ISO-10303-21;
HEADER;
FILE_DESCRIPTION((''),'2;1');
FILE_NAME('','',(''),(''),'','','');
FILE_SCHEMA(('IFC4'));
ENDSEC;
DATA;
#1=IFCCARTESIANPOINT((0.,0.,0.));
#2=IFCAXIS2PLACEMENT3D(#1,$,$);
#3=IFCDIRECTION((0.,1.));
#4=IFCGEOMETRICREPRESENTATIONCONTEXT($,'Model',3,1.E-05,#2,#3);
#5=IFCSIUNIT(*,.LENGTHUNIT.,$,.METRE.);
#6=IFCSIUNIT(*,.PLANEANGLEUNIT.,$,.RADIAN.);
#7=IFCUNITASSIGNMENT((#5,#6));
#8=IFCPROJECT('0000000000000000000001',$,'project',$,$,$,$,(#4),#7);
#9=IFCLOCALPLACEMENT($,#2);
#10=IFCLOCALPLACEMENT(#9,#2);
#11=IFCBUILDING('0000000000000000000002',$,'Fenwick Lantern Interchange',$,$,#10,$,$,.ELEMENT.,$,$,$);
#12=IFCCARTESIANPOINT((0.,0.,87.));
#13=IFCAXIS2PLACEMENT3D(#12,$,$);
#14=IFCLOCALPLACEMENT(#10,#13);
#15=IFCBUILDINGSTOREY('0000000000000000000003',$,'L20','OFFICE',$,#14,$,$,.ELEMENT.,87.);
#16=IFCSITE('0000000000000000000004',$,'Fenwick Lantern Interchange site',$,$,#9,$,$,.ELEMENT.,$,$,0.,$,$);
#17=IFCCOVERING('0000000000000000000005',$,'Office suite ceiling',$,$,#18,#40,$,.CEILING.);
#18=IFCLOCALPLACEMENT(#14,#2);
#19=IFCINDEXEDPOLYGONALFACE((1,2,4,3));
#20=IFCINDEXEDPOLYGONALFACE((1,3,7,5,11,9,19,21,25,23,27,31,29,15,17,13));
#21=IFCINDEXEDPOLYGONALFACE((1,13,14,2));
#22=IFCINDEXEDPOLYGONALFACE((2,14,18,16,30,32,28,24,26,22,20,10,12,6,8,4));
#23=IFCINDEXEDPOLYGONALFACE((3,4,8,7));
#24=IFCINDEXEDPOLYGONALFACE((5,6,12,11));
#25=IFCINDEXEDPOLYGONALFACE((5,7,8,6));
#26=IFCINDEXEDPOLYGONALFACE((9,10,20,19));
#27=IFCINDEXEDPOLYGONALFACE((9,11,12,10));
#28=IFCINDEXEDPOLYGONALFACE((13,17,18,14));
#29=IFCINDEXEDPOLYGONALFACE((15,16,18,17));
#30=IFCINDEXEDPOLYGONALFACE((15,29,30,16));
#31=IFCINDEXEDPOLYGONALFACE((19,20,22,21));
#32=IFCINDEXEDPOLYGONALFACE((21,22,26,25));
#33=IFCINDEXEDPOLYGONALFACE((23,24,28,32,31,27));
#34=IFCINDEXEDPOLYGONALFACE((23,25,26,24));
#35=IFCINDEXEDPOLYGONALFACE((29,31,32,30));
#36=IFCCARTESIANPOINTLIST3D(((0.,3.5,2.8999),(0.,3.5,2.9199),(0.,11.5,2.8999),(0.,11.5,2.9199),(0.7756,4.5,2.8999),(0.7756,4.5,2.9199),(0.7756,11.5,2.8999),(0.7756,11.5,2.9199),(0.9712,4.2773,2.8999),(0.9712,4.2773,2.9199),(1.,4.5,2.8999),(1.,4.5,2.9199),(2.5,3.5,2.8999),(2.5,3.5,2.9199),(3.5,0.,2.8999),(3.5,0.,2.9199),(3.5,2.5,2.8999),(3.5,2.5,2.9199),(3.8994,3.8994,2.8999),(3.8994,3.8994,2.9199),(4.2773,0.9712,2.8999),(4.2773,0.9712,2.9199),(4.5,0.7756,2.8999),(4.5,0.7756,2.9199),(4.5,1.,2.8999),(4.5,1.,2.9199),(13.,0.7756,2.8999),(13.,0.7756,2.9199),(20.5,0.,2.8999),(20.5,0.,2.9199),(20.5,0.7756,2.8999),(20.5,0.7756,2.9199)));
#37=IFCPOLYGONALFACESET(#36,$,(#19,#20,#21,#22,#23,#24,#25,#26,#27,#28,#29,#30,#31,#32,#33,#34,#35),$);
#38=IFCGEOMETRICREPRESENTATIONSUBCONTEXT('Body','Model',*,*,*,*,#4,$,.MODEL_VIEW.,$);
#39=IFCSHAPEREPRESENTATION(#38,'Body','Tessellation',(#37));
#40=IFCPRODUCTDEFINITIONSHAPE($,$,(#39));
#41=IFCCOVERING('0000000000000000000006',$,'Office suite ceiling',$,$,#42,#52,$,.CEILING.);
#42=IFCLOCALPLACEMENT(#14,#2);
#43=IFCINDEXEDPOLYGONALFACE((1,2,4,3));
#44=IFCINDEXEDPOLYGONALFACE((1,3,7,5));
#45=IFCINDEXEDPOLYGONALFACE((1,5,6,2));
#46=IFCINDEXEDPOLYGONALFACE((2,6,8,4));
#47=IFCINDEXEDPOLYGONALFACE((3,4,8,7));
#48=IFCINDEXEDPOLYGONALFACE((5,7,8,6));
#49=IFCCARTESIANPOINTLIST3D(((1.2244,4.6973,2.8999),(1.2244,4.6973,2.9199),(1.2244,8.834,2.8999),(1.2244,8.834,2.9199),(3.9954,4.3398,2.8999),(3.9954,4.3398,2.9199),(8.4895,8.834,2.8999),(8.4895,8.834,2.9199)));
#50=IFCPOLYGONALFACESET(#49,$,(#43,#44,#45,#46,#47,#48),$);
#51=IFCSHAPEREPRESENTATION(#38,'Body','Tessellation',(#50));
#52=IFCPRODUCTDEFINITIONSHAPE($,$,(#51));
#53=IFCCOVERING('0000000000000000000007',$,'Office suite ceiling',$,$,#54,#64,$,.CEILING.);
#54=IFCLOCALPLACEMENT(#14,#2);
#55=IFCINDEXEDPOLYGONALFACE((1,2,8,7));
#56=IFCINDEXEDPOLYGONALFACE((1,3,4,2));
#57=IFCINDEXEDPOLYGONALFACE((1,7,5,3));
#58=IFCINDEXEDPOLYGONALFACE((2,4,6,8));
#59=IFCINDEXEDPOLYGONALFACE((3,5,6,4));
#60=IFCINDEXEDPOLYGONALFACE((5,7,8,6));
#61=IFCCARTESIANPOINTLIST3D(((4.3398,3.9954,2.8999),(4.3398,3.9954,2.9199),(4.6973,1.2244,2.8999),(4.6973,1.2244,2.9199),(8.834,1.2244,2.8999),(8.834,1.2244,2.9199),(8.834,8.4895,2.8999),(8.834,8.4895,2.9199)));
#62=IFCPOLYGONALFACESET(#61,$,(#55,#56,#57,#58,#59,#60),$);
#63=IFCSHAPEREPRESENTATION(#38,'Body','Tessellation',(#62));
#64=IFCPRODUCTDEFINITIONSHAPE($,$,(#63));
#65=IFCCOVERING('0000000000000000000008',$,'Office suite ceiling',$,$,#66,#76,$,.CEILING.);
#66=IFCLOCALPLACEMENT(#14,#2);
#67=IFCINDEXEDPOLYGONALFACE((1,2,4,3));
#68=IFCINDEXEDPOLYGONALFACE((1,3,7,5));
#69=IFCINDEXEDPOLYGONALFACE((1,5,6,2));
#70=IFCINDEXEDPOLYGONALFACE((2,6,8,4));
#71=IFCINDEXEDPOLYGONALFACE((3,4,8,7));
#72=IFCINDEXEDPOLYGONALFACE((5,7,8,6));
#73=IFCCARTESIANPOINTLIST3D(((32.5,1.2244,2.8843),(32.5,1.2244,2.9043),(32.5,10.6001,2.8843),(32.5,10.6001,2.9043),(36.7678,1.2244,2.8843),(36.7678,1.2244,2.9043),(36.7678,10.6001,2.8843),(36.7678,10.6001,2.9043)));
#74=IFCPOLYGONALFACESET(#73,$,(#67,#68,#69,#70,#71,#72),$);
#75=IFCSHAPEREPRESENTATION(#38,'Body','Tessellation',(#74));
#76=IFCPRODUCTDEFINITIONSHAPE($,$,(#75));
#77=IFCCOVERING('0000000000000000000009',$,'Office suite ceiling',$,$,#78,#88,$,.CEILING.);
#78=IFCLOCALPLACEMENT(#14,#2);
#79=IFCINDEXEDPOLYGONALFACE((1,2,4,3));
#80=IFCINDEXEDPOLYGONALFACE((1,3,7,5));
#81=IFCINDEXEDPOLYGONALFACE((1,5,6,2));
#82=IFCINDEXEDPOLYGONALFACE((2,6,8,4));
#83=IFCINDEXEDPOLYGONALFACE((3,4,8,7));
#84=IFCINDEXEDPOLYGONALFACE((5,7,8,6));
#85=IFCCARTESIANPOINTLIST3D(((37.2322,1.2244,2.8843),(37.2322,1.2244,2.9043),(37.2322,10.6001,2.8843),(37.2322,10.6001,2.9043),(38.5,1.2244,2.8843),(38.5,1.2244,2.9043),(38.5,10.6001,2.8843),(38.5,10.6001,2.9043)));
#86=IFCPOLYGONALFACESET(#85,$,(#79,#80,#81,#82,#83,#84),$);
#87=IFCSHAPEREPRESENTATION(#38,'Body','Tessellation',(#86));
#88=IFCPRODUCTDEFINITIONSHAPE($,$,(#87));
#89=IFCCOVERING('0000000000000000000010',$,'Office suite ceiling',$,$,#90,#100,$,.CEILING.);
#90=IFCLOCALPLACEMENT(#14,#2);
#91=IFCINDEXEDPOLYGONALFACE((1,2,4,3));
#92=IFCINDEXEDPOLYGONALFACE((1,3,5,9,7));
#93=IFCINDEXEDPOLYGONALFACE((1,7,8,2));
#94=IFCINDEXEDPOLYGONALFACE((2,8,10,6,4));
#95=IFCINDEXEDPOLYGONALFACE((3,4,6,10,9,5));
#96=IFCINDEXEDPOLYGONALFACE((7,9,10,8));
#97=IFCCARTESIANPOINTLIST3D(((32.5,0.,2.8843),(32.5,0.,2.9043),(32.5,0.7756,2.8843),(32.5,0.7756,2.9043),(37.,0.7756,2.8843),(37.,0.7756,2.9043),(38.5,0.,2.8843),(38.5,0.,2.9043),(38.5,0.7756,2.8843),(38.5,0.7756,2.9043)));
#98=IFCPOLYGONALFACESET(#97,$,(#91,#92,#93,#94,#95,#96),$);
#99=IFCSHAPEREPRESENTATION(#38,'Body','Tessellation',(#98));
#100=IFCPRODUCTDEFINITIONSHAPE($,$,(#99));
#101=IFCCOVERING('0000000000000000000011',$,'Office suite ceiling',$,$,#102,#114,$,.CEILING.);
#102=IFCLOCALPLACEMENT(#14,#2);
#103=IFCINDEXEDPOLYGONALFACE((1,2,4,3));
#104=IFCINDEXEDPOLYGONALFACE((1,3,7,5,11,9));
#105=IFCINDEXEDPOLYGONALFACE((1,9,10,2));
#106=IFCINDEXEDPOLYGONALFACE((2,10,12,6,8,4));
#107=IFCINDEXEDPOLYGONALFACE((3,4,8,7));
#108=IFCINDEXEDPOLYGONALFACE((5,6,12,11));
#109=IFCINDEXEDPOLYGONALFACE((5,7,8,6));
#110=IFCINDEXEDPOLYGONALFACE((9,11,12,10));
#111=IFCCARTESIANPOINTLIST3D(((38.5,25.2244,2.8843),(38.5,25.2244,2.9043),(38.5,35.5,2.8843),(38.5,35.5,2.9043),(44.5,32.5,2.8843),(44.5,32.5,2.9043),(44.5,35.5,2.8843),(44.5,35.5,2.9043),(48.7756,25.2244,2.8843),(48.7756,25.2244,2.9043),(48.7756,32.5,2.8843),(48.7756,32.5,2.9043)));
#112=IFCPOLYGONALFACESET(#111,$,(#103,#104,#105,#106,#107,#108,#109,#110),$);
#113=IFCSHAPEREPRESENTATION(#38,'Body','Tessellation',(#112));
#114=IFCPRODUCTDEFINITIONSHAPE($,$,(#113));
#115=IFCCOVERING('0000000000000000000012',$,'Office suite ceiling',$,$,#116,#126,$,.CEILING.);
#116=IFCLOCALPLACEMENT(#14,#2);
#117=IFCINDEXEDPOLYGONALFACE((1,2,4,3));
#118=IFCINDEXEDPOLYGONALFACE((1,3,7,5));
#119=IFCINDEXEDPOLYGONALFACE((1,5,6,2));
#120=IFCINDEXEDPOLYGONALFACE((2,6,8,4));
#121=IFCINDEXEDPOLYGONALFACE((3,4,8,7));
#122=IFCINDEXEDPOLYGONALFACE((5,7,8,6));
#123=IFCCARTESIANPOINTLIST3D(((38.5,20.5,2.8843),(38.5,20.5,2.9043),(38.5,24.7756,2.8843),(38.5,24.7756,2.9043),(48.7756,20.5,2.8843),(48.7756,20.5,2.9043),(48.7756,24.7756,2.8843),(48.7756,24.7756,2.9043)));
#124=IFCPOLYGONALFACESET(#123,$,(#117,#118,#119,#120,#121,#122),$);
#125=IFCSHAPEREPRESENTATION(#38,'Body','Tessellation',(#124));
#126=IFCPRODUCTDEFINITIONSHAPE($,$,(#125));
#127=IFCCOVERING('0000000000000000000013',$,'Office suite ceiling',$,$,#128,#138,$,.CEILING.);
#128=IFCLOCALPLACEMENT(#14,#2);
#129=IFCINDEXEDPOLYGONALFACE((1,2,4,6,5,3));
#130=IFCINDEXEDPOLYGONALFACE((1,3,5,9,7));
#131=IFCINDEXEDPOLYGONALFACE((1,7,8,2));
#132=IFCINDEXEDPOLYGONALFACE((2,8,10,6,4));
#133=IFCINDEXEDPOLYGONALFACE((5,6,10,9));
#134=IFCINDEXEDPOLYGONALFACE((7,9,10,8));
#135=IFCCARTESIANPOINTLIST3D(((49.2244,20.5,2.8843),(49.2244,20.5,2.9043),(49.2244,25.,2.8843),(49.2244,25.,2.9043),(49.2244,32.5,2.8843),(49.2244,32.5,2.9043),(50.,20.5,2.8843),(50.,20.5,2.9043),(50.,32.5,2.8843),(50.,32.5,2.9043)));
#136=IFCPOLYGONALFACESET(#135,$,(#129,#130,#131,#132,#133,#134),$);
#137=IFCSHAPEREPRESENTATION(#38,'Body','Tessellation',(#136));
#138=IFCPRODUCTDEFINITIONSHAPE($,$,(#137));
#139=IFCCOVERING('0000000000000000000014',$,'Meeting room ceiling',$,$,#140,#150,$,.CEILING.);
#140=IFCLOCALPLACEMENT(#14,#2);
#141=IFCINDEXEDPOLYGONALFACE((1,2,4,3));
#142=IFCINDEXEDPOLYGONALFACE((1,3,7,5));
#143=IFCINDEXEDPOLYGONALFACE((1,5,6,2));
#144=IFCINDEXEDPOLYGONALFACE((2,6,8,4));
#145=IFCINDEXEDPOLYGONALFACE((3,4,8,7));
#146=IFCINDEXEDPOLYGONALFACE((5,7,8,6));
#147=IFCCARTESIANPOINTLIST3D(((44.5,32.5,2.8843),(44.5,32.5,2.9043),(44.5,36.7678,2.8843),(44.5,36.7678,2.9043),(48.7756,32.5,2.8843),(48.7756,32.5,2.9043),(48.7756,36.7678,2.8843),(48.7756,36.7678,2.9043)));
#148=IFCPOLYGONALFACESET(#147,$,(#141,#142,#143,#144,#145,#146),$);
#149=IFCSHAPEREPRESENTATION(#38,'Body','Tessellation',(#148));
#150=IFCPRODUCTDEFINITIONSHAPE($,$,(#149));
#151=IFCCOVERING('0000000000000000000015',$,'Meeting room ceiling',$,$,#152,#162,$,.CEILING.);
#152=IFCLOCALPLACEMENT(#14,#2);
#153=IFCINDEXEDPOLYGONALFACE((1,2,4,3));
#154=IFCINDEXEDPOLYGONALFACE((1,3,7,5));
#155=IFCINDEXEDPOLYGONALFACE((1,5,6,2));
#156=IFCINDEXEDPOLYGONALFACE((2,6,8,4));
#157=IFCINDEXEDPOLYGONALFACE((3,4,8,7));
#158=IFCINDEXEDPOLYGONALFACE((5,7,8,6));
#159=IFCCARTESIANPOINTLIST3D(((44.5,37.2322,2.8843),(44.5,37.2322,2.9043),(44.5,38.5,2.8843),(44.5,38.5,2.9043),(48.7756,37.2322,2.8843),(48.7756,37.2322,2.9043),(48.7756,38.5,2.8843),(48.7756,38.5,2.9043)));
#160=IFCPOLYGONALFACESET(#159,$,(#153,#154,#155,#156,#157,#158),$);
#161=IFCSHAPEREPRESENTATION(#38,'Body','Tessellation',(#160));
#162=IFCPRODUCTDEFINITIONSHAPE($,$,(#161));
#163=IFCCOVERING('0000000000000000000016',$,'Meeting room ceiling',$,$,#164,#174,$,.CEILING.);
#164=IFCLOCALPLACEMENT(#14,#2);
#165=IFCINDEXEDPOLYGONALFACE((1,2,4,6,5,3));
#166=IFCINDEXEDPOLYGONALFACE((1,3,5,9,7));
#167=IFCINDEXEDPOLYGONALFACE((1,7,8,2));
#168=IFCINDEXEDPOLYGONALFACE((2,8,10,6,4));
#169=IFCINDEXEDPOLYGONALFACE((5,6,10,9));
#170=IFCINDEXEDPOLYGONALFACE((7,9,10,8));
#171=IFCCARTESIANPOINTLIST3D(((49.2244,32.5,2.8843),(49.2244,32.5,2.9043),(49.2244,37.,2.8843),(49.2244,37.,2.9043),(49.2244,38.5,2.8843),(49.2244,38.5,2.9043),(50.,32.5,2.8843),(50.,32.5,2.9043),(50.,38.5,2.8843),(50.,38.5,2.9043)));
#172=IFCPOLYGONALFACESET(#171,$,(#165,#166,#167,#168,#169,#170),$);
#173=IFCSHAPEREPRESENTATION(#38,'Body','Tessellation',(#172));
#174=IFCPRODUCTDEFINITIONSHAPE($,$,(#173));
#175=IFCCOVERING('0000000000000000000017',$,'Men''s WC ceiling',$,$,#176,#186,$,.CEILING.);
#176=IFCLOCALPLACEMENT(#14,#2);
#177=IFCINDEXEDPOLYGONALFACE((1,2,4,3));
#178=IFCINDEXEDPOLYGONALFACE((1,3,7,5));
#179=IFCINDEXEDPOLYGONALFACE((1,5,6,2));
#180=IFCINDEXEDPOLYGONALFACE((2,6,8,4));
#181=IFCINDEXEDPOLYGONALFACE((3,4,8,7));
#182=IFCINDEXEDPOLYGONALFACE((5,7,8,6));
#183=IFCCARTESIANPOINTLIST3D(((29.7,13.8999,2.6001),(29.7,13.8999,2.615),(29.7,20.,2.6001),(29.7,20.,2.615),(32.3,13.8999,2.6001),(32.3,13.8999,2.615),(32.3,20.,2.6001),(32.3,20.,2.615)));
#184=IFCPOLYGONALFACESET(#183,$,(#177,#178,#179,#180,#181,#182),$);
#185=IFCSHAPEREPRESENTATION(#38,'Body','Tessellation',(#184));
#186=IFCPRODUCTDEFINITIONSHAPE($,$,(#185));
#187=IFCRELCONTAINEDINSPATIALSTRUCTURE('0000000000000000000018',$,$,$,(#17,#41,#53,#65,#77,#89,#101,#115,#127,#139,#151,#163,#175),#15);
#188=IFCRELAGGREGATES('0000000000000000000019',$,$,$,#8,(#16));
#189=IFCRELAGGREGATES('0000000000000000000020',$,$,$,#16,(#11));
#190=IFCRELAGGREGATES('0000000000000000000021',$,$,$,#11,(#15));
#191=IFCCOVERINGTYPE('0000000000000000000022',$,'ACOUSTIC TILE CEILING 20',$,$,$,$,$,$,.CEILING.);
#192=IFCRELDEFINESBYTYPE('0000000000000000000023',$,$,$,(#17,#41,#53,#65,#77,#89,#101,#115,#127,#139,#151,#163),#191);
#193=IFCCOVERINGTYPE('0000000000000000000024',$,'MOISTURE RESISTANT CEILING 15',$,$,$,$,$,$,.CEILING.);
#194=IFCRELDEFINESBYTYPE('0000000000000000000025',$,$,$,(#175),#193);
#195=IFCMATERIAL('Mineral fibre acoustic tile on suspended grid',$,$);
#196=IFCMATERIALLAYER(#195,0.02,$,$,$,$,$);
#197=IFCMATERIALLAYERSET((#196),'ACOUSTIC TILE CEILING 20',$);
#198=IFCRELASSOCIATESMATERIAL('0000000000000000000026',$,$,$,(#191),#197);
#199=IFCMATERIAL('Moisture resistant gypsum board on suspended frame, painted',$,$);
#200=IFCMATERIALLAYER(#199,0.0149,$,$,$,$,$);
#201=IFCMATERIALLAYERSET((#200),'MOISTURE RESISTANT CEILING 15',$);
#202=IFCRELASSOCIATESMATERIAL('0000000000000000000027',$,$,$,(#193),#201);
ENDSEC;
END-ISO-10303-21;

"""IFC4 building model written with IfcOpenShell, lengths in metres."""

from ifc_helpers import new_model, si_unit, direction, frame, origin, place, context, subcontext, project, spatial, polyline, outline, extrude, material, layer, layer_set, type_object, element, save


model = new_model("IFC4")

# Units and contexts
model_context = context("Model", 3, precision=1e-05, world=origin(), true_north=direction((0.0, 1.0)))
body_context = subcontext(model_context, "Body", "Model", "MODEL_VIEW")
ifc_project = project(units=[si_unit("LENGTHUNIT", "METRE"), si_unit("PLANEANGLEUNIT", "RADIAN")], contexts=[model_context])

# Site, building, storey
site_placement = place(None, origin())
site = spatial("IfcSite", under=ifc_project, at=site_placement, Name="Fenwick Lantern Interchange site", CompositionType="ELEMENT", RefElevation=0.0)
building_placement = place(site_placement, origin())
building = spatial("IfcBuilding", under=site, at=building_placement, Name="Fenwick Lantern Interchange", CompositionType="ELEMENT")
storey_placement = place(building_placement, frame((0.0, 0.0, 87.0)))
storey = spatial("IfcBuildingStorey", under=building, at=storey_placement, Name="L20", Description="OFFICE", CompositionType="ELEMENT", Elevation=87.0)

# Coverings
ifc_material_1 = material(Name="Mineral fibre acoustic tile on suspended grid")
ifc_layer_1 = layer(ifc_material_1, 0.02)
ifc_layer_set_1 = layer_set([ifc_layer_1], Name="ACOUSTIC TILE CEILING 20")
covering_type_1 = type_object("IfcCoveringType", Name="ACOUSTIC TILE CEILING 20", PredefinedType="CEILING", material=ifc_layer_set_1)
covering_1_placement = place(storey_placement, frame((0.0, 0.0, 2.8999)))
element("IfcCovering", 1, at=covering_1_placement, inside=storey, type_object=covering_type_1, Name="Office suite ceiling", PredefinedType="CEILING", context=body_context, shape_type="SweptSolid", body=[
    extrude(outline(polyline([(20.5, 0.0), (20.5, 0.7756), (13.0, 0.7756), (13.0, 0.7756), (4.5, 0.7756), (4.5, 1.0), (4.2773, 0.9712), (3.8994, 3.8994), (0.9712, 4.2773), (1.0, 4.5), (0.7756, 4.5), (0.7756, 11.5), (0.0, 11.5), (0.0, 3.5), (2.5, 3.5), (3.5, 2.5), (3.5, 0.0), (20.5, 0.0)])), origin(), (0.0, 0.0, 1.0), 0.02),
])
covering_2_placement = place(storey_placement, frame((0.0, 0.0, 2.8999)))
element("IfcCovering", 2, at=covering_2_placement, inside=storey, type_object=covering_type_1, Name="Office suite ceiling", PredefinedType="CEILING", context=body_context, shape_type="SweptSolid", body=[
    extrude(outline(polyline([(3.9954, 4.3398), (8.4895, 8.834), (1.2244, 8.834), (1.2244, 4.6973), (3.9954, 4.3398)])), origin(), (0.0, 0.0, 1.0), 0.02),
])
covering_3_placement = place(storey_placement, frame((0.0, 0.0, 2.8999)))
element("IfcCovering", 3, at=covering_3_placement, inside=storey, type_object=covering_type_1, Name="Office suite ceiling", PredefinedType="CEILING", context=body_context, shape_type="SweptSolid", body=[
    extrude(outline(polyline([(4.6973, 1.2244), (8.834, 1.2244), (8.834, 8.4895), (4.3398, 3.9954), (4.6973, 1.2244)])), origin(), (0.0, 0.0, 1.0), 0.02),
])
covering_4_placement = place(storey_placement, frame((0.0, 0.0, 2.8843)))
element("IfcCovering", 4, at=covering_4_placement, inside=storey, type_object=covering_type_1, Name="Office suite ceiling", PredefinedType="CEILING", context=body_context, shape_type="SweptSolid", body=[
    extrude(outline(polyline([(32.5, 10.6001), (32.5, 1.2244), (36.7678, 1.2244), (36.7678, 10.6001), (32.5, 10.6001)])), origin(), (0.0, 0.0, 1.0), 0.02),
])
covering_5_placement = place(storey_placement, frame((0.0, 0.0, 2.8843)))
element("IfcCovering", 5, at=covering_5_placement, inside=storey, type_object=covering_type_1, Name="Office suite ceiling", PredefinedType="CEILING", context=body_context, shape_type="SweptSolid", body=[
    extrude(outline(polyline([(38.5, 10.6001), (37.2322, 10.6001), (37.2322, 1.2244), (38.5, 1.2244), (38.5, 10.6001)])), origin(), (0.0, 0.0, 1.0), 0.02),
])
covering_6_placement = place(storey_placement, frame((0.0, 0.0, 2.8843)))
element("IfcCovering", 6, at=covering_6_placement, inside=storey, type_object=covering_type_1, Name="Office suite ceiling", PredefinedType="CEILING", context=body_context, shape_type="SweptSolid", body=[
    extrude(outline(polyline([(32.5, 0.0), (38.5, 0.0), (38.5, 0.7756), (37.0, 0.7756), (37.0, 0.7756), (32.5, 0.7756), (32.5, 0.0)])), origin(), (0.0, 0.0, 1.0), 0.02),
])
covering_7_placement = place(storey_placement, frame((0.0, 0.0, 2.8843)))
element("IfcCovering", 7, at=covering_7_placement, inside=storey, type_object=covering_type_1, Name="Office suite ceiling", PredefinedType="CEILING", context=body_context, shape_type="SweptSolid", body=[
    extrude(outline(polyline([(38.5, 35.5), (38.5, 25.2244), (48.7756, 25.2244), (48.7756, 32.5), (44.5, 32.5), (44.5, 35.5), (38.5, 35.5)])), origin(), (0.0, 0.0, 1.0), 0.02),
])
covering_8_placement = place(storey_placement, frame((0.0, 0.0, 2.8843)))
element("IfcCovering", 8, at=covering_8_placement, inside=storey, type_object=covering_type_1, Name="Office suite ceiling", PredefinedType="CEILING", context=body_context, shape_type="SweptSolid", body=[
    extrude(outline(polyline([(38.5, 20.5), (48.7756, 20.5), (48.7756, 24.7756), (38.5, 24.7756), (38.5, 20.5)])), origin(), (0.0, 0.0, 1.0), 0.02),
])
covering_9_placement = place(storey_placement, frame((0.0, 0.0, 2.8843)))
element("IfcCovering", 9, at=covering_9_placement, inside=storey, type_object=covering_type_1, Name="Office suite ceiling", PredefinedType="CEILING", context=body_context, shape_type="SweptSolid", body=[
    extrude(outline(polyline([(49.2244, 20.5), (50.0, 20.5), (50.0, 32.5), (49.2244, 32.5), (49.2244, 25.0), (49.2244, 20.5)])), origin(), (0.0, 0.0, 1.0), 0.02),
])
covering_10_placement = place(storey_placement, frame((0.0, 0.0, 2.8843)))
element("IfcCovering", 10, at=covering_10_placement, inside=storey, type_object=covering_type_1, Name="Meeting room ceiling", PredefinedType="CEILING", context=body_context, shape_type="SweptSolid", body=[
    extrude(outline(polyline([(44.5, 32.5), (48.7756, 32.5), (48.7756, 36.7678), (44.5, 36.7678), (44.5, 32.5)])), origin(), (0.0, 0.0, 1.0), 0.02),
])
covering_11_placement = place(storey_placement, frame((0.0, 0.0, 2.8843)))
element("IfcCovering", 11, at=covering_11_placement, inside=storey, type_object=covering_type_1, Name="Meeting room ceiling", PredefinedType="CEILING", context=body_context, shape_type="SweptSolid", body=[
    extrude(outline(polyline([(44.5, 38.5), (44.5, 37.2322), (48.7756, 37.2322), (48.7756, 38.5), (44.5, 38.5)])), origin(), (0.0, 0.0, 1.0), 0.02),
])
covering_12_placement = place(storey_placement, frame((0.0, 0.0, 2.8843)))
element("IfcCovering", 12, at=covering_12_placement, inside=storey, type_object=covering_type_1, Name="Meeting room ceiling", PredefinedType="CEILING", context=body_context, shape_type="SweptSolid", body=[
    extrude(outline(polyline([(50.0, 38.5), (49.2244, 38.5), (49.2244, 37.0), (49.2244, 32.5), (50.0, 32.5), (50.0, 38.5)])), origin(), (0.0, 0.0, 1.0), 0.02),
])
ifc_material_2 = material(Name="Moisture resistant gypsum board on suspended frame, painted")
ifc_layer_2 = layer(ifc_material_2, 0.0149)
ifc_layer_set_2 = layer_set([ifc_layer_2], Name="MOISTURE RESISTANT CEILING 15")
covering_type_2 = type_object("IfcCoveringType", Name="MOISTURE RESISTANT CEILING 15", PredefinedType="CEILING", material=ifc_layer_set_2)
covering_13_placement = place(storey_placement, frame((0.0, 0.0, 2.6001)))
element("IfcCovering", 13, at=covering_13_placement, inside=storey, type_object=covering_type_2, Name="Men's WC ceiling", PredefinedType="CEILING", context=body_context, shape_type="SweptSolid", body=[
    extrude(outline(polyline([(29.7, 13.8999), (32.3, 13.8999), (32.3, 20.0), (29.7, 20.0), (29.7, 13.8999)])), origin(), (0.0, 0.0, 1.0), 0.0149),
])

save(model, "model.ifc")
